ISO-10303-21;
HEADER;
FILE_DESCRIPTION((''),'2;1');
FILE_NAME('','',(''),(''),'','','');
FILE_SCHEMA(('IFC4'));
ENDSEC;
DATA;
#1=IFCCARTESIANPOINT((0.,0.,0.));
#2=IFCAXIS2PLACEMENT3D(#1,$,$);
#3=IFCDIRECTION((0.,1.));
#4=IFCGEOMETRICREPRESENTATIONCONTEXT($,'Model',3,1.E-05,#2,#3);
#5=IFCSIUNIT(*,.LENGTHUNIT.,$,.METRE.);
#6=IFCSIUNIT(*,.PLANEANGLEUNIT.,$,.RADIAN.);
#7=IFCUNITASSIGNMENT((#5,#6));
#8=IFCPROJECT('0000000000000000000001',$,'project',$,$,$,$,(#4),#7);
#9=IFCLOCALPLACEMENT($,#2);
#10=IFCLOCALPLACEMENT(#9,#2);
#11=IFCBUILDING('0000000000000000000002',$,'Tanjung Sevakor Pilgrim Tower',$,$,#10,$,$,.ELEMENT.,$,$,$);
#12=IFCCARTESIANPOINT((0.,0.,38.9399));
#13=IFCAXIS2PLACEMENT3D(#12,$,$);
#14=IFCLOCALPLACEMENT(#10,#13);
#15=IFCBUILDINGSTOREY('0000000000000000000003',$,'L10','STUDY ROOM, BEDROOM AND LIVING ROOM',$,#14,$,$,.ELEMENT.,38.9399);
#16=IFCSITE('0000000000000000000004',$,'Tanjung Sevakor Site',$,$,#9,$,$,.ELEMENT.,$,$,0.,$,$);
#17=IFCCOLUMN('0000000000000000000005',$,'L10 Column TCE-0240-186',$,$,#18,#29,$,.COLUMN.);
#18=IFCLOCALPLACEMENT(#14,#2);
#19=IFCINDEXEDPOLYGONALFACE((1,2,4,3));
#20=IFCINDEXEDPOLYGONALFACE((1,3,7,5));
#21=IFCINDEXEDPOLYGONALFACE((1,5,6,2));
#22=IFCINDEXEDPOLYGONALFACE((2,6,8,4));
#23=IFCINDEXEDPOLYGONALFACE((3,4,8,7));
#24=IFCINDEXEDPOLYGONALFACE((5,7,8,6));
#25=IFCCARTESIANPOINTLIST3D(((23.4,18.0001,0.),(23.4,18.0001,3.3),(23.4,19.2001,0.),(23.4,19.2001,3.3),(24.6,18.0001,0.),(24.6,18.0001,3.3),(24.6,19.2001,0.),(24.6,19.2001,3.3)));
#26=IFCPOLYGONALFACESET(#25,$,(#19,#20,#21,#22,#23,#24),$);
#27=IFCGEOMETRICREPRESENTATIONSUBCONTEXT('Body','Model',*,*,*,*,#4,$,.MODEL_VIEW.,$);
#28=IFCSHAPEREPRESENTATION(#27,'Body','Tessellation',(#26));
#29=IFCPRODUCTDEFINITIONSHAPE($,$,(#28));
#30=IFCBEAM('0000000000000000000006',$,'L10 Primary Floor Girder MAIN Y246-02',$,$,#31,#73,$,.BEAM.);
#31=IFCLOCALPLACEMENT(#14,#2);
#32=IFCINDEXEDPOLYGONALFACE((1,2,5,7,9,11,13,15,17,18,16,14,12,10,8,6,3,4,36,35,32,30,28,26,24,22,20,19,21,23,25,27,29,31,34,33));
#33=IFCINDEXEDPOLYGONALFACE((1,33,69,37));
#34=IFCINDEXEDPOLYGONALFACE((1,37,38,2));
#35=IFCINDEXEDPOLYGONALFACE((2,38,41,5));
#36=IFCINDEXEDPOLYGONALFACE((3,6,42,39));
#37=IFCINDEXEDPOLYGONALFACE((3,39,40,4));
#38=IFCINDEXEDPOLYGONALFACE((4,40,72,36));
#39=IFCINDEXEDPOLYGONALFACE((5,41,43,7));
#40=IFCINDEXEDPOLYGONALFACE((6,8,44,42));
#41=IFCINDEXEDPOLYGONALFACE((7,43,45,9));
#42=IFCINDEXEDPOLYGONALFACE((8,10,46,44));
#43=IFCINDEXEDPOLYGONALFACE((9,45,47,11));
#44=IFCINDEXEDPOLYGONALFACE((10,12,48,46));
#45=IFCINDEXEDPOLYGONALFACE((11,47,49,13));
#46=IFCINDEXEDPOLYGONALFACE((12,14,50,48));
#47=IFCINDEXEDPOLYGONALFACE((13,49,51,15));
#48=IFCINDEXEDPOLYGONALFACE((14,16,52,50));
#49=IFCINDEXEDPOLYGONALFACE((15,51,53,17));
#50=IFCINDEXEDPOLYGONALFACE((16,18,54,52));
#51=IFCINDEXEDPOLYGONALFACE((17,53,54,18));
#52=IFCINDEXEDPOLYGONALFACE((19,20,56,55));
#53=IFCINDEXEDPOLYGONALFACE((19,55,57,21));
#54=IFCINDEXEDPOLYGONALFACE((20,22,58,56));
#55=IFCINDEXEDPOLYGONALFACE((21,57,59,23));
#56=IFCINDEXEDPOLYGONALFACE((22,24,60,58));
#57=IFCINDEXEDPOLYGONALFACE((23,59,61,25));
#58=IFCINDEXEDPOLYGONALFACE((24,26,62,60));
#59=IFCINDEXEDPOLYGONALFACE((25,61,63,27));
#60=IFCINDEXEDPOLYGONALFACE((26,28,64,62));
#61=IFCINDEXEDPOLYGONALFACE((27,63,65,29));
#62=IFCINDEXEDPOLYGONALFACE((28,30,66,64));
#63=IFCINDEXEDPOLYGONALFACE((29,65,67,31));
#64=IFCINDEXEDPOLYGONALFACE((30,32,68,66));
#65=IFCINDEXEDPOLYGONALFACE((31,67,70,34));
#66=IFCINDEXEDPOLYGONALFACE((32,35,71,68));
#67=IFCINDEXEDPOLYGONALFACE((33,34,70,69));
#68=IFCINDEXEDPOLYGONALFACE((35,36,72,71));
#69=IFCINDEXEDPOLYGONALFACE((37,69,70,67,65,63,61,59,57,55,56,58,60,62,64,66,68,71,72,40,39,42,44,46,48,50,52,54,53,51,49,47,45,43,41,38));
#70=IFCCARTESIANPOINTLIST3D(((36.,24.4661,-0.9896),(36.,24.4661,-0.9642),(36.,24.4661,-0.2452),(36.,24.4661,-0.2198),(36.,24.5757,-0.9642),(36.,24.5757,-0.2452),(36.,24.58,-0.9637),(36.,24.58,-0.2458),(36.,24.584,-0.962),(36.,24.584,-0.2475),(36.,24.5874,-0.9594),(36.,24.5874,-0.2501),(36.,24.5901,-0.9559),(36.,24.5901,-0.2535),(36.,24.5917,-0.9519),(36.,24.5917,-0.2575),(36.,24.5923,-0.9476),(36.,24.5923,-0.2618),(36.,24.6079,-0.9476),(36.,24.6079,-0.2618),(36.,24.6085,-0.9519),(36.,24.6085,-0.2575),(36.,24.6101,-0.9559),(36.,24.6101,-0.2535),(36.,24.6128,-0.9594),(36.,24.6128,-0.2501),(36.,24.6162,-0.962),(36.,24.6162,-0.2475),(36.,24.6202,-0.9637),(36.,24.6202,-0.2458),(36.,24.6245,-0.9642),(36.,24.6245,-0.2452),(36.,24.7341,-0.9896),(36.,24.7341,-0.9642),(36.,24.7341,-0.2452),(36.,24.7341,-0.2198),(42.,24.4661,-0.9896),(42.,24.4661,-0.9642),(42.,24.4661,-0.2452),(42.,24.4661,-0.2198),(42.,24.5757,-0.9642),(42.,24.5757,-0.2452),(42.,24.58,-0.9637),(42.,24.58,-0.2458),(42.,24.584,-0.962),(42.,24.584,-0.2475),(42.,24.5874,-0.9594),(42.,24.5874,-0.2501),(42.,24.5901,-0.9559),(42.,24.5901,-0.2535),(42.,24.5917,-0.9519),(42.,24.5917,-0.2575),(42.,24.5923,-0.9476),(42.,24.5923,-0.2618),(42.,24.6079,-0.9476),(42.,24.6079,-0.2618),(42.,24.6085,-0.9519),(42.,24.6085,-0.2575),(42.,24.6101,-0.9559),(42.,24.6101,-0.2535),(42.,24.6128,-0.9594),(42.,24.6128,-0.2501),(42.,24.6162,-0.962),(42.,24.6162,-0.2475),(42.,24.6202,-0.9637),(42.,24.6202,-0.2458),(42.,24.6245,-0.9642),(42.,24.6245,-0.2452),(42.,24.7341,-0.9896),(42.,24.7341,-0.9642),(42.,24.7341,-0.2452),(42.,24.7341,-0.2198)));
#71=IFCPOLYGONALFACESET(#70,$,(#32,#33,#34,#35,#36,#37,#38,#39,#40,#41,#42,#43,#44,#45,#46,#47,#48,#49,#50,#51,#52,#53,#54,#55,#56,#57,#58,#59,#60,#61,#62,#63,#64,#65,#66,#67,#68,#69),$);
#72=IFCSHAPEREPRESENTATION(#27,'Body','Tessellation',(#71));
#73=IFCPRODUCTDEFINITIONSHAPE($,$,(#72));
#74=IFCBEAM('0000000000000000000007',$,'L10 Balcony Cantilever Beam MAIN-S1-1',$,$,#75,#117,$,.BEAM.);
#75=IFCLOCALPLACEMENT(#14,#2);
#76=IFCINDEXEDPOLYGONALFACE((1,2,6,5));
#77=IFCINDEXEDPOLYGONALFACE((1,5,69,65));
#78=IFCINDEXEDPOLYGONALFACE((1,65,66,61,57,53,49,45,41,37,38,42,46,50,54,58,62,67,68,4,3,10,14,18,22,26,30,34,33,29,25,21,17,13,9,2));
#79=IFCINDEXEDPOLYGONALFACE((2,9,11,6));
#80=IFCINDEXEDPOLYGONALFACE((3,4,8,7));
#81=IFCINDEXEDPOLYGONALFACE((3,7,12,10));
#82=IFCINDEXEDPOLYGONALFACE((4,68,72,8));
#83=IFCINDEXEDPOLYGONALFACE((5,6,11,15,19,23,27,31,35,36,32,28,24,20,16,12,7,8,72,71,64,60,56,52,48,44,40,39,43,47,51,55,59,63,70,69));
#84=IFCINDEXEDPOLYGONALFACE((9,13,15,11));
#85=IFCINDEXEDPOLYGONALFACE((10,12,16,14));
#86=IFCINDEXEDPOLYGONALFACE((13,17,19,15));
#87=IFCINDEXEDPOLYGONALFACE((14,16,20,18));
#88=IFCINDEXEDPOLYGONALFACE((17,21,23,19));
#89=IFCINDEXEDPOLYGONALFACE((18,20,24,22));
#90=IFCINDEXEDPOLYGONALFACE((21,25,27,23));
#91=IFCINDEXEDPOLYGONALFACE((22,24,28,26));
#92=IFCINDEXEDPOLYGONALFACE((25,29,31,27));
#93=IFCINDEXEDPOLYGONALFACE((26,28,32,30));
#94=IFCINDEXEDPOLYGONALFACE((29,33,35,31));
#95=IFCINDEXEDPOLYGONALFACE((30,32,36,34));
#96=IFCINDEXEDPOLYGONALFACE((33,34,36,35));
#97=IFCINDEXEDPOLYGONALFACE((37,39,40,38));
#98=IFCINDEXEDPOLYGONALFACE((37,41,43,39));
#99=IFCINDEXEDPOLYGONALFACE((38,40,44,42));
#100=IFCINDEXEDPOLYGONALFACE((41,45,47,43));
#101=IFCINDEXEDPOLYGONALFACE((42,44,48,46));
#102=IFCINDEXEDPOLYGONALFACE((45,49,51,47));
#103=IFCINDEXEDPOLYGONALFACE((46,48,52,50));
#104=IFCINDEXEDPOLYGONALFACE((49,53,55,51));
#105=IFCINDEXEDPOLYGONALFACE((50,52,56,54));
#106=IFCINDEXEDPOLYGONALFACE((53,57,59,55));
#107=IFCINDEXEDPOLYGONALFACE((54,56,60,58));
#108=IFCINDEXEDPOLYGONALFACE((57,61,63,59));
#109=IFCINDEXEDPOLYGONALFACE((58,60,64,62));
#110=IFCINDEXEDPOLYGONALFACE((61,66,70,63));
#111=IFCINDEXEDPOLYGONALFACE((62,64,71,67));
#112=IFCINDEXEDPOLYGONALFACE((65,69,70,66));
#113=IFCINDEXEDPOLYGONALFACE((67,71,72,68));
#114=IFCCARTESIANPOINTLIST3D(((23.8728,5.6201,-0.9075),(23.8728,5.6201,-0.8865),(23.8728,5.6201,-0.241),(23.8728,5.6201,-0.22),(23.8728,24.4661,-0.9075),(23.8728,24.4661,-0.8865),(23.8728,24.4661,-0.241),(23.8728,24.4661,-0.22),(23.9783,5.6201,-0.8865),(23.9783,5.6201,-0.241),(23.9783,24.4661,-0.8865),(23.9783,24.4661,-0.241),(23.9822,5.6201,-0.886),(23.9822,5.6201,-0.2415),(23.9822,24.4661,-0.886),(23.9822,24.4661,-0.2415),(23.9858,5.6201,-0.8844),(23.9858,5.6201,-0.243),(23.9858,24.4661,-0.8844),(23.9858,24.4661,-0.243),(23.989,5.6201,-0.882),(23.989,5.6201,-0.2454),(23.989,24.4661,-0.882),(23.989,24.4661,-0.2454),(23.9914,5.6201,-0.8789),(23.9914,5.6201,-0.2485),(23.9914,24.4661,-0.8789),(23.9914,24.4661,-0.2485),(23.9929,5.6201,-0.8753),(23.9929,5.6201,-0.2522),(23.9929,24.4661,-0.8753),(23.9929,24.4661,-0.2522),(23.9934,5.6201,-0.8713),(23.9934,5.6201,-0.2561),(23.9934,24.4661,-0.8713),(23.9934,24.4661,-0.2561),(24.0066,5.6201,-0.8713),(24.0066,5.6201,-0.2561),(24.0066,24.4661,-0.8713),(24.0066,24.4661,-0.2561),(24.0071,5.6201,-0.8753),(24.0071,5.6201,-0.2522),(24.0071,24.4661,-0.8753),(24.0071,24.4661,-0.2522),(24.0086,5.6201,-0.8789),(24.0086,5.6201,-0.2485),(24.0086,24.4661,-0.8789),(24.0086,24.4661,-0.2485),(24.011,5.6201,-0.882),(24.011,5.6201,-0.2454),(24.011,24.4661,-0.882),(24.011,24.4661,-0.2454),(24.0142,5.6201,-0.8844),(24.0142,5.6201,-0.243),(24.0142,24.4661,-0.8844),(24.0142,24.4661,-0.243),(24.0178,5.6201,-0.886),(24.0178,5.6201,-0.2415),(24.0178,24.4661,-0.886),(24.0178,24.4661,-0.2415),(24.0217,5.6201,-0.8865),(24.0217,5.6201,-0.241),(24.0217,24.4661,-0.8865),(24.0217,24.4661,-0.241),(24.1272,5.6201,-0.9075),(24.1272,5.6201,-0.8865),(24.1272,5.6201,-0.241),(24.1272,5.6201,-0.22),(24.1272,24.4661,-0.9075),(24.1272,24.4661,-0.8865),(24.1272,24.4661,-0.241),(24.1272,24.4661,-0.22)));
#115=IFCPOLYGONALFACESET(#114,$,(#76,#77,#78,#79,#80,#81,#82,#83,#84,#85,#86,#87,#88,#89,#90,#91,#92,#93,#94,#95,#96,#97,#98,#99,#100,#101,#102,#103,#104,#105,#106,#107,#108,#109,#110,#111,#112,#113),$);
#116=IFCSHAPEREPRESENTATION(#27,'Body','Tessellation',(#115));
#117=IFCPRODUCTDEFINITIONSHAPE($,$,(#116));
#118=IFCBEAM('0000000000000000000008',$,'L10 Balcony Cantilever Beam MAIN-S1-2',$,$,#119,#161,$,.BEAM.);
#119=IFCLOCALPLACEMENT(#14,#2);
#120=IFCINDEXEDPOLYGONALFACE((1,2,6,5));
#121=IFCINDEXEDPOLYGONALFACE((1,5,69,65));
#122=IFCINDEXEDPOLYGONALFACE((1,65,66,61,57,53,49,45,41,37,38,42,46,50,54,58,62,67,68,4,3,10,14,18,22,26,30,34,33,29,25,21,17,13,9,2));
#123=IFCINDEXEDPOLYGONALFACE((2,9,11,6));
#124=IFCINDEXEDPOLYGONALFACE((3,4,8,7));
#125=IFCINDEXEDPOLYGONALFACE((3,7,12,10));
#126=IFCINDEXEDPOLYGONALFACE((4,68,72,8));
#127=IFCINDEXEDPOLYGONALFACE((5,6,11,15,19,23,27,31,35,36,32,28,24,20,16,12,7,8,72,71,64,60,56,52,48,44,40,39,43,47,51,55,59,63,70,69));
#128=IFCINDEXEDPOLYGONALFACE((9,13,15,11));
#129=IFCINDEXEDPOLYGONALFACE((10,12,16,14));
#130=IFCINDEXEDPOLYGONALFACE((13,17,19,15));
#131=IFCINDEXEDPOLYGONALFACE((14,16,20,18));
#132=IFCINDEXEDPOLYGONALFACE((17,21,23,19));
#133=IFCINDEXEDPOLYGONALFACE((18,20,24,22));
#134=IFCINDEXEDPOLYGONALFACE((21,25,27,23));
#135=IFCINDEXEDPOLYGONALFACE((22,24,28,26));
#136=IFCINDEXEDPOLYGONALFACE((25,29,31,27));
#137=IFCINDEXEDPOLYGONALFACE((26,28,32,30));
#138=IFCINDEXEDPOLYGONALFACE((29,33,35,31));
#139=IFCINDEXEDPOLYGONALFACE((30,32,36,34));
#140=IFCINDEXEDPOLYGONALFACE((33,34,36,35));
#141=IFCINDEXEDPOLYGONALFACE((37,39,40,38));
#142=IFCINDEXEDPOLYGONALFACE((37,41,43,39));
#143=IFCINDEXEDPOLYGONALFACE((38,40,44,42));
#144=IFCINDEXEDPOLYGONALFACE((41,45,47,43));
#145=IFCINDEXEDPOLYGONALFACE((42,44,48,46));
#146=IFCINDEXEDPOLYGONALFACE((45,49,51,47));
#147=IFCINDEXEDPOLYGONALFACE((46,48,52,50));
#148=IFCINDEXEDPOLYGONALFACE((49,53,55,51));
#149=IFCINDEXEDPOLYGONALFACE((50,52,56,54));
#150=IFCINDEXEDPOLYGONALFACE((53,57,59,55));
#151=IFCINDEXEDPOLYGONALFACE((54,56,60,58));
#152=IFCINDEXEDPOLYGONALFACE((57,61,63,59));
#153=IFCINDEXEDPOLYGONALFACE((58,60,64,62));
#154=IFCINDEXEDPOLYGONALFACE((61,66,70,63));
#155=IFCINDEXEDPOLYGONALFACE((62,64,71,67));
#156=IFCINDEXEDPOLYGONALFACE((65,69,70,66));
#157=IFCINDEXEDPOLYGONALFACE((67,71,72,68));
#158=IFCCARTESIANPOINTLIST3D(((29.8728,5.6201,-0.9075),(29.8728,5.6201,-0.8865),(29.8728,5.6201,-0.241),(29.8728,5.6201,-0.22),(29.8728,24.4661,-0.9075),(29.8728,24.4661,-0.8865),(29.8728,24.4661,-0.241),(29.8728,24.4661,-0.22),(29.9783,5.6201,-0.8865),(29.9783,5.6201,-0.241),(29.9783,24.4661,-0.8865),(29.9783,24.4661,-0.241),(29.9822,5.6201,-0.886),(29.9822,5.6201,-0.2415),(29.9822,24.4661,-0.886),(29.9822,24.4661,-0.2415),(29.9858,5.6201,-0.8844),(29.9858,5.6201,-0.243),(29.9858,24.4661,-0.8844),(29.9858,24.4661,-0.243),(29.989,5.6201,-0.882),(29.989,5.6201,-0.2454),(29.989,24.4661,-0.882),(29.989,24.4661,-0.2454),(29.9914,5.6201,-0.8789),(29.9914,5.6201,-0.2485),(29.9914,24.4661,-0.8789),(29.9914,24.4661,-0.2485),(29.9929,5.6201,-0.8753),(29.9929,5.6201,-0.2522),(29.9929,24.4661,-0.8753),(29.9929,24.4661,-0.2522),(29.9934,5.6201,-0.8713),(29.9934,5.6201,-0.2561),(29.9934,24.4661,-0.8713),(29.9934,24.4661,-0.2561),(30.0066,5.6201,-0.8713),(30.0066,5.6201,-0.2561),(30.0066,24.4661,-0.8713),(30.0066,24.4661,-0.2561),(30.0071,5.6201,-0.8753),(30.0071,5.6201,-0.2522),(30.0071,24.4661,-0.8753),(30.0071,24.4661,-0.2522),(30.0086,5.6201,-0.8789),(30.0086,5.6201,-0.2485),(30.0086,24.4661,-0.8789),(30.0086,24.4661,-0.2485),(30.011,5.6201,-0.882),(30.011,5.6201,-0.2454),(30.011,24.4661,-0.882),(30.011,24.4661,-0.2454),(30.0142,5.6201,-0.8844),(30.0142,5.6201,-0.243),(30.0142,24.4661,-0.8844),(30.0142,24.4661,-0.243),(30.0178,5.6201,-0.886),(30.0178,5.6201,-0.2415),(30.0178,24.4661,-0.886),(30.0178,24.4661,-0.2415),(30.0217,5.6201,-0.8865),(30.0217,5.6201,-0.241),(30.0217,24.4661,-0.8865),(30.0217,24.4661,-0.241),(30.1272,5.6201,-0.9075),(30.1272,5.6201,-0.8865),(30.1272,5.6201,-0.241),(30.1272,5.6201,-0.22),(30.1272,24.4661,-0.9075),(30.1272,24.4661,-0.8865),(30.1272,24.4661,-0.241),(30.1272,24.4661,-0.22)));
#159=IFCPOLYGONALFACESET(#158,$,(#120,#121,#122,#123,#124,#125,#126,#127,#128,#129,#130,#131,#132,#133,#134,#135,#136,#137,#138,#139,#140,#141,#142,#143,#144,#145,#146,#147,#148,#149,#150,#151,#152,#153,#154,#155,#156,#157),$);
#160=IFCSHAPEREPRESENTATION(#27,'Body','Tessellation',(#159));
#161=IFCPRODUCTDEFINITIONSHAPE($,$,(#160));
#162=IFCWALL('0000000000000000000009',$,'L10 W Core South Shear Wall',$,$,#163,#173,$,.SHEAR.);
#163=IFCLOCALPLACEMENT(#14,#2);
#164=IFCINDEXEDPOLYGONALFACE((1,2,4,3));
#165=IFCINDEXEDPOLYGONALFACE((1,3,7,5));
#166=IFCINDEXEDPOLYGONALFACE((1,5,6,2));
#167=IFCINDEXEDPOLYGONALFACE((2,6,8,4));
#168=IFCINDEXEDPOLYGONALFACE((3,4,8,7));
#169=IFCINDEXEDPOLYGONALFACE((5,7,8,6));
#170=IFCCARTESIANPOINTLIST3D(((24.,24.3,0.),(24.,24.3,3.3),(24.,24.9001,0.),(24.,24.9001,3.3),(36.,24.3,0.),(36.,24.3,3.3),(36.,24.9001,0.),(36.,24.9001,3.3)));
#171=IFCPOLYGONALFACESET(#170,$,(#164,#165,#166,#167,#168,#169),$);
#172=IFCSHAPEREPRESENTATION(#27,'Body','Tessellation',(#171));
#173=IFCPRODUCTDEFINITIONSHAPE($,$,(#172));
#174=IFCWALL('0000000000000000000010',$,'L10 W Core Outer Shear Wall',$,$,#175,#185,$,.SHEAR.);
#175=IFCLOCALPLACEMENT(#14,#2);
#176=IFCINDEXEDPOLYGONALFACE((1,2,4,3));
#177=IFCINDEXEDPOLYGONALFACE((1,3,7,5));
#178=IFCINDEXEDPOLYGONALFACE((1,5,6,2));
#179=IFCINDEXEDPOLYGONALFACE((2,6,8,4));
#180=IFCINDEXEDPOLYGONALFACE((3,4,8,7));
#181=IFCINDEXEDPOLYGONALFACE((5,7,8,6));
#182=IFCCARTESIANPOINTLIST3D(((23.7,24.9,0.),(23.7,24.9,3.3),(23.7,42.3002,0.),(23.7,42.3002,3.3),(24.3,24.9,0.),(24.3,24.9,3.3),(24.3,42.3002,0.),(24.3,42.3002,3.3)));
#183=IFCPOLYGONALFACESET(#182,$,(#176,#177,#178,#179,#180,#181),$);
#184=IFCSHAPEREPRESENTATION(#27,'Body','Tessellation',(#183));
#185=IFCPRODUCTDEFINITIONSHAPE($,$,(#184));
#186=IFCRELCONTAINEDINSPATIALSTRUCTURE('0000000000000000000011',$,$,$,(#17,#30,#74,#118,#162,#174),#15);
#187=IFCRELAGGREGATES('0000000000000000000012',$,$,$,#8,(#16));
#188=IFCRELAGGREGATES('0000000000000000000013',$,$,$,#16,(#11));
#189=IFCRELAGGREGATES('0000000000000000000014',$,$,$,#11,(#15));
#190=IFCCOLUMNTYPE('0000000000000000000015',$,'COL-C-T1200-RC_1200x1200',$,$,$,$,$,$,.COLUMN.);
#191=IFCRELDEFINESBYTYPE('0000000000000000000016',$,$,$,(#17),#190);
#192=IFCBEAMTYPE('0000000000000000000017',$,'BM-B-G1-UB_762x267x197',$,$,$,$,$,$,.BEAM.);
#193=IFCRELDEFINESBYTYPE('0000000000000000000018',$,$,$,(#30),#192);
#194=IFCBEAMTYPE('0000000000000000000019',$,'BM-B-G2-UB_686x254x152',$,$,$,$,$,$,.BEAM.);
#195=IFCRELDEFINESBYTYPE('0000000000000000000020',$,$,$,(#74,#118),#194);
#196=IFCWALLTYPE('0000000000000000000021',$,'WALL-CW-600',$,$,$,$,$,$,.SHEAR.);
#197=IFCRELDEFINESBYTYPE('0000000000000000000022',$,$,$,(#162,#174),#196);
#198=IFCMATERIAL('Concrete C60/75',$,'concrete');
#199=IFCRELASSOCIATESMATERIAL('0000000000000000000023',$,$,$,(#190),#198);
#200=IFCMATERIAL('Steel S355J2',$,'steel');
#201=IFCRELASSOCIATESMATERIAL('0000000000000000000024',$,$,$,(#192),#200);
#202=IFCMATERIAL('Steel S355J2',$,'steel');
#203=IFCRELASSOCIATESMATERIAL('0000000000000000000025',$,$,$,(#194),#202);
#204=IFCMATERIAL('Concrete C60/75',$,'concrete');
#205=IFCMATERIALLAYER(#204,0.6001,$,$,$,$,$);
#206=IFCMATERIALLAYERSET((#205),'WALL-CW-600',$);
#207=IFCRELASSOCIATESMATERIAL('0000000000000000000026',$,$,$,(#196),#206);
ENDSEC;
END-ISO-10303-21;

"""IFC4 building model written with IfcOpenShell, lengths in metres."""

from ifc_helpers import new_model, si_unit, direction, frame, frame_2d, origin, origin_2d, place, context, subcontext, project, spatial, rectangle, i_section, extrude, material, layer, layer_set, material_profile, profile_set, type_object, element, save


model = new_model("IFC4")

# Units and contexts
model_context = context("Model", 3, precision=1e-05, world=origin(), true_north=direction((0.0, 1.0)))
body_context = subcontext(model_context, "Body", "Model", "MODEL_VIEW")
ifc_project = project(units=[si_unit("LENGTHUNIT", "METRE"), si_unit("PLANEANGLEUNIT", "RADIAN")], contexts=[model_context])

# Site, building, storey
site_placement = place(None, origin())
site = spatial("IfcSite", under=ifc_project, at=site_placement, Name="Tanjung Sevakor Site", CompositionType="ELEMENT", RefElevation=0.0)
building_placement = place(site_placement, origin())
building = spatial("IfcBuilding", under=site, at=building_placement, Name="Tanjung Sevakor Pilgrim Tower", CompositionType="ELEMENT")
storey_placement = place(building_placement, frame((0.0, 0.0, 38.9399)))
storey = spatial("IfcBuildingStorey", under=building, at=storey_placement, Name="L10", Description="STUDY ROOM, BEDROOM AND LIVING ROOM", CompositionType="ELEMENT", Elevation=38.9399)

# Column
ifc_material_1 = material(Name="Concrete C60/75", Category="concrete")
ifc_material_profile_1 = material_profile(ifc_material_1, rectangle(XDim=1.2, YDim=1.2, at=origin_2d()))
ifc_profile_set_1 = profile_set([ifc_material_profile_1], Name="Concrete C60/75")
column_type = type_object("IfcColumnType", Name="COL-C-T1200-RC_1200x1200", PredefinedType="COLUMN", material=ifc_profile_set_1)
column_placement = place(storey_placement, frame((24.0, 18.6001, 0.0), z_axis=(0.0, 0.0, 1.0), x_axis=(1.0, 0.0, 0.0)))
element("IfcColumn", 1, at=column_placement, inside=storey, type_object=column_type, Name="L10 Column TCE-0240-186", PredefinedType="COLUMN", context=body_context, shape_type="SweptSolid", body=[
    extrude(rectangle(XDim=1.2, YDim=1.2, at=origin_2d()), origin(), (0.0, 0.0, 1.0), 3.3),
])

# Beams
ifc_material_2 = material(Name="Steel S355J2", Category="steel")
ifc_material_profile_2 = material_profile(ifc_material_2, i_section(OverallWidth=0.2681, OverallDepth=0.7698, WebThickness=0.0156, FlangeThickness=0.0254, FilletRadius=0.0166, at=origin_2d()))
ifc_profile_set_2 = profile_set([ifc_material_profile_2], Name="Steel S355J2")
beam_type_1 = type_object("IfcBeamType", Name="BM-B-G1-UB_762x267x197", PredefinedType="BEAM", material=ifc_profile_set_2)
beam_placement = place(storey_placement, frame((36.0, 24.6001, -0.6047), z_axis=(1.0, 0.0, 0.0), x_axis=(0.0, 1.0, 0.0)))
element("IfcBeam", 2, at=beam_placement, inside=storey, type_object=beam_type_1, Name="L10 Primary Floor Girder MAIN Y246-02", PredefinedType="BEAM", context=body_context, shape_type="SweptSolid", body=[
    extrude(i_section(OverallWidth=0.2681, OverallDepth=0.7698, WebThickness=0.0156, FlangeThickness=0.0254, FilletRadius=0.0166, at=origin_2d()), origin(), (0.0, 0.0, 1.0), 6.0),
])
ifc_material_3 = material(Name="Steel S355J2", Category="steel")
ifc_material_profile_3 = material_profile(ifc_material_3, i_section(OverallWidth=0.2544, OverallDepth=0.6875, WebThickness=0.0132, FlangeThickness=0.021, FilletRadius=0.0151, at=origin_2d()))
ifc_profile_set_3 = profile_set([ifc_material_profile_3], Name="Steel S355J2")
beam_type_2 = type_object("IfcBeamType", Name="BM-B-G2-UB_686x254x152", PredefinedType="BEAM", material=ifc_profile_set_3)
for number, where, z_axis, x_axis, name in (
    (3, (24.0, 24.4661, -0.5637), (0.0, -1.0, 0.0), (1.0, 0.0, 0.0), "L10 Balcony Cantilever Beam MAIN-S1-1"),
    (4, (30.0, 24.4661, -0.5637), (0.0, -1.0, 0.0), (1.0, 0.0, 0.0), "L10 Balcony Cantilever Beam MAIN-S1-2"),
):
    element("IfcBeam", number, at=place(storey_placement, frame(where, z_axis=z_axis, x_axis=x_axis)), inside=storey, type_object=beam_type_2, Name=name, PredefinedType="BEAM", context=body_context, shape_type="SweptSolid", body=[
        extrude(i_section(OverallWidth=0.2544, OverallDepth=0.6875, WebThickness=0.0132, FlangeThickness=0.021, FilletRadius=0.0151, at=origin_2d()), origin(), (0.0, 0.0, 1.0), 18.8459),
    ])

# Walls
ifc_material_4 = material(Name="Concrete C60/75", Category="concrete")
ifc_layer_1 = layer(ifc_material_4, 0.6001)
ifc_layer_set_1 = layer_set([ifc_layer_1], Name="WALL-CW-600")
wall_type_1 = type_object("IfcWallType", Name="WALL-CW-600", PredefinedType="SHEAR", material=ifc_layer_set_1)
wall_1_placement = place(storey_placement, frame((24.0, 24.6001, 0.0), z_axis=(0.0, 0.0, 1.0), x_axis=(1.0, 0.0, 0.0)))
element("IfcWall", 5, at=wall_1_placement, inside=storey, type_object=wall_type_1, Name="L10 W Core South Shear Wall", PredefinedType="SHEAR", context=body_context, shape_type="SweptSolid", body=[
    extrude(rectangle(XDim=12.0, YDim=0.6001, at=frame_2d((6.0, 0.0))), origin(), (0.0, 0.0, 1.0), 3.3),
])
wall_2_placement = place(storey_placement, frame((24.0, 24.8999, 0.0), z_axis=(0.0, 0.0, 1.0), x_axis=(0.0, 1.0, 0.0)))
element("IfcWall", 6, at=wall_2_placement, inside=storey, type_object=wall_type_1, Name="L10 W Core Outer Shear Wall", PredefinedType="SHEAR", context=body_context, shape_type="SweptSolid", body=[
    extrude(rectangle(XDim=17.4001, YDim=0.6001, at=frame_2d((8.7002, 0.0))), origin(), (0.0, 0.0, 1.0), 3.3),
])

save(model, "model.ifc")
